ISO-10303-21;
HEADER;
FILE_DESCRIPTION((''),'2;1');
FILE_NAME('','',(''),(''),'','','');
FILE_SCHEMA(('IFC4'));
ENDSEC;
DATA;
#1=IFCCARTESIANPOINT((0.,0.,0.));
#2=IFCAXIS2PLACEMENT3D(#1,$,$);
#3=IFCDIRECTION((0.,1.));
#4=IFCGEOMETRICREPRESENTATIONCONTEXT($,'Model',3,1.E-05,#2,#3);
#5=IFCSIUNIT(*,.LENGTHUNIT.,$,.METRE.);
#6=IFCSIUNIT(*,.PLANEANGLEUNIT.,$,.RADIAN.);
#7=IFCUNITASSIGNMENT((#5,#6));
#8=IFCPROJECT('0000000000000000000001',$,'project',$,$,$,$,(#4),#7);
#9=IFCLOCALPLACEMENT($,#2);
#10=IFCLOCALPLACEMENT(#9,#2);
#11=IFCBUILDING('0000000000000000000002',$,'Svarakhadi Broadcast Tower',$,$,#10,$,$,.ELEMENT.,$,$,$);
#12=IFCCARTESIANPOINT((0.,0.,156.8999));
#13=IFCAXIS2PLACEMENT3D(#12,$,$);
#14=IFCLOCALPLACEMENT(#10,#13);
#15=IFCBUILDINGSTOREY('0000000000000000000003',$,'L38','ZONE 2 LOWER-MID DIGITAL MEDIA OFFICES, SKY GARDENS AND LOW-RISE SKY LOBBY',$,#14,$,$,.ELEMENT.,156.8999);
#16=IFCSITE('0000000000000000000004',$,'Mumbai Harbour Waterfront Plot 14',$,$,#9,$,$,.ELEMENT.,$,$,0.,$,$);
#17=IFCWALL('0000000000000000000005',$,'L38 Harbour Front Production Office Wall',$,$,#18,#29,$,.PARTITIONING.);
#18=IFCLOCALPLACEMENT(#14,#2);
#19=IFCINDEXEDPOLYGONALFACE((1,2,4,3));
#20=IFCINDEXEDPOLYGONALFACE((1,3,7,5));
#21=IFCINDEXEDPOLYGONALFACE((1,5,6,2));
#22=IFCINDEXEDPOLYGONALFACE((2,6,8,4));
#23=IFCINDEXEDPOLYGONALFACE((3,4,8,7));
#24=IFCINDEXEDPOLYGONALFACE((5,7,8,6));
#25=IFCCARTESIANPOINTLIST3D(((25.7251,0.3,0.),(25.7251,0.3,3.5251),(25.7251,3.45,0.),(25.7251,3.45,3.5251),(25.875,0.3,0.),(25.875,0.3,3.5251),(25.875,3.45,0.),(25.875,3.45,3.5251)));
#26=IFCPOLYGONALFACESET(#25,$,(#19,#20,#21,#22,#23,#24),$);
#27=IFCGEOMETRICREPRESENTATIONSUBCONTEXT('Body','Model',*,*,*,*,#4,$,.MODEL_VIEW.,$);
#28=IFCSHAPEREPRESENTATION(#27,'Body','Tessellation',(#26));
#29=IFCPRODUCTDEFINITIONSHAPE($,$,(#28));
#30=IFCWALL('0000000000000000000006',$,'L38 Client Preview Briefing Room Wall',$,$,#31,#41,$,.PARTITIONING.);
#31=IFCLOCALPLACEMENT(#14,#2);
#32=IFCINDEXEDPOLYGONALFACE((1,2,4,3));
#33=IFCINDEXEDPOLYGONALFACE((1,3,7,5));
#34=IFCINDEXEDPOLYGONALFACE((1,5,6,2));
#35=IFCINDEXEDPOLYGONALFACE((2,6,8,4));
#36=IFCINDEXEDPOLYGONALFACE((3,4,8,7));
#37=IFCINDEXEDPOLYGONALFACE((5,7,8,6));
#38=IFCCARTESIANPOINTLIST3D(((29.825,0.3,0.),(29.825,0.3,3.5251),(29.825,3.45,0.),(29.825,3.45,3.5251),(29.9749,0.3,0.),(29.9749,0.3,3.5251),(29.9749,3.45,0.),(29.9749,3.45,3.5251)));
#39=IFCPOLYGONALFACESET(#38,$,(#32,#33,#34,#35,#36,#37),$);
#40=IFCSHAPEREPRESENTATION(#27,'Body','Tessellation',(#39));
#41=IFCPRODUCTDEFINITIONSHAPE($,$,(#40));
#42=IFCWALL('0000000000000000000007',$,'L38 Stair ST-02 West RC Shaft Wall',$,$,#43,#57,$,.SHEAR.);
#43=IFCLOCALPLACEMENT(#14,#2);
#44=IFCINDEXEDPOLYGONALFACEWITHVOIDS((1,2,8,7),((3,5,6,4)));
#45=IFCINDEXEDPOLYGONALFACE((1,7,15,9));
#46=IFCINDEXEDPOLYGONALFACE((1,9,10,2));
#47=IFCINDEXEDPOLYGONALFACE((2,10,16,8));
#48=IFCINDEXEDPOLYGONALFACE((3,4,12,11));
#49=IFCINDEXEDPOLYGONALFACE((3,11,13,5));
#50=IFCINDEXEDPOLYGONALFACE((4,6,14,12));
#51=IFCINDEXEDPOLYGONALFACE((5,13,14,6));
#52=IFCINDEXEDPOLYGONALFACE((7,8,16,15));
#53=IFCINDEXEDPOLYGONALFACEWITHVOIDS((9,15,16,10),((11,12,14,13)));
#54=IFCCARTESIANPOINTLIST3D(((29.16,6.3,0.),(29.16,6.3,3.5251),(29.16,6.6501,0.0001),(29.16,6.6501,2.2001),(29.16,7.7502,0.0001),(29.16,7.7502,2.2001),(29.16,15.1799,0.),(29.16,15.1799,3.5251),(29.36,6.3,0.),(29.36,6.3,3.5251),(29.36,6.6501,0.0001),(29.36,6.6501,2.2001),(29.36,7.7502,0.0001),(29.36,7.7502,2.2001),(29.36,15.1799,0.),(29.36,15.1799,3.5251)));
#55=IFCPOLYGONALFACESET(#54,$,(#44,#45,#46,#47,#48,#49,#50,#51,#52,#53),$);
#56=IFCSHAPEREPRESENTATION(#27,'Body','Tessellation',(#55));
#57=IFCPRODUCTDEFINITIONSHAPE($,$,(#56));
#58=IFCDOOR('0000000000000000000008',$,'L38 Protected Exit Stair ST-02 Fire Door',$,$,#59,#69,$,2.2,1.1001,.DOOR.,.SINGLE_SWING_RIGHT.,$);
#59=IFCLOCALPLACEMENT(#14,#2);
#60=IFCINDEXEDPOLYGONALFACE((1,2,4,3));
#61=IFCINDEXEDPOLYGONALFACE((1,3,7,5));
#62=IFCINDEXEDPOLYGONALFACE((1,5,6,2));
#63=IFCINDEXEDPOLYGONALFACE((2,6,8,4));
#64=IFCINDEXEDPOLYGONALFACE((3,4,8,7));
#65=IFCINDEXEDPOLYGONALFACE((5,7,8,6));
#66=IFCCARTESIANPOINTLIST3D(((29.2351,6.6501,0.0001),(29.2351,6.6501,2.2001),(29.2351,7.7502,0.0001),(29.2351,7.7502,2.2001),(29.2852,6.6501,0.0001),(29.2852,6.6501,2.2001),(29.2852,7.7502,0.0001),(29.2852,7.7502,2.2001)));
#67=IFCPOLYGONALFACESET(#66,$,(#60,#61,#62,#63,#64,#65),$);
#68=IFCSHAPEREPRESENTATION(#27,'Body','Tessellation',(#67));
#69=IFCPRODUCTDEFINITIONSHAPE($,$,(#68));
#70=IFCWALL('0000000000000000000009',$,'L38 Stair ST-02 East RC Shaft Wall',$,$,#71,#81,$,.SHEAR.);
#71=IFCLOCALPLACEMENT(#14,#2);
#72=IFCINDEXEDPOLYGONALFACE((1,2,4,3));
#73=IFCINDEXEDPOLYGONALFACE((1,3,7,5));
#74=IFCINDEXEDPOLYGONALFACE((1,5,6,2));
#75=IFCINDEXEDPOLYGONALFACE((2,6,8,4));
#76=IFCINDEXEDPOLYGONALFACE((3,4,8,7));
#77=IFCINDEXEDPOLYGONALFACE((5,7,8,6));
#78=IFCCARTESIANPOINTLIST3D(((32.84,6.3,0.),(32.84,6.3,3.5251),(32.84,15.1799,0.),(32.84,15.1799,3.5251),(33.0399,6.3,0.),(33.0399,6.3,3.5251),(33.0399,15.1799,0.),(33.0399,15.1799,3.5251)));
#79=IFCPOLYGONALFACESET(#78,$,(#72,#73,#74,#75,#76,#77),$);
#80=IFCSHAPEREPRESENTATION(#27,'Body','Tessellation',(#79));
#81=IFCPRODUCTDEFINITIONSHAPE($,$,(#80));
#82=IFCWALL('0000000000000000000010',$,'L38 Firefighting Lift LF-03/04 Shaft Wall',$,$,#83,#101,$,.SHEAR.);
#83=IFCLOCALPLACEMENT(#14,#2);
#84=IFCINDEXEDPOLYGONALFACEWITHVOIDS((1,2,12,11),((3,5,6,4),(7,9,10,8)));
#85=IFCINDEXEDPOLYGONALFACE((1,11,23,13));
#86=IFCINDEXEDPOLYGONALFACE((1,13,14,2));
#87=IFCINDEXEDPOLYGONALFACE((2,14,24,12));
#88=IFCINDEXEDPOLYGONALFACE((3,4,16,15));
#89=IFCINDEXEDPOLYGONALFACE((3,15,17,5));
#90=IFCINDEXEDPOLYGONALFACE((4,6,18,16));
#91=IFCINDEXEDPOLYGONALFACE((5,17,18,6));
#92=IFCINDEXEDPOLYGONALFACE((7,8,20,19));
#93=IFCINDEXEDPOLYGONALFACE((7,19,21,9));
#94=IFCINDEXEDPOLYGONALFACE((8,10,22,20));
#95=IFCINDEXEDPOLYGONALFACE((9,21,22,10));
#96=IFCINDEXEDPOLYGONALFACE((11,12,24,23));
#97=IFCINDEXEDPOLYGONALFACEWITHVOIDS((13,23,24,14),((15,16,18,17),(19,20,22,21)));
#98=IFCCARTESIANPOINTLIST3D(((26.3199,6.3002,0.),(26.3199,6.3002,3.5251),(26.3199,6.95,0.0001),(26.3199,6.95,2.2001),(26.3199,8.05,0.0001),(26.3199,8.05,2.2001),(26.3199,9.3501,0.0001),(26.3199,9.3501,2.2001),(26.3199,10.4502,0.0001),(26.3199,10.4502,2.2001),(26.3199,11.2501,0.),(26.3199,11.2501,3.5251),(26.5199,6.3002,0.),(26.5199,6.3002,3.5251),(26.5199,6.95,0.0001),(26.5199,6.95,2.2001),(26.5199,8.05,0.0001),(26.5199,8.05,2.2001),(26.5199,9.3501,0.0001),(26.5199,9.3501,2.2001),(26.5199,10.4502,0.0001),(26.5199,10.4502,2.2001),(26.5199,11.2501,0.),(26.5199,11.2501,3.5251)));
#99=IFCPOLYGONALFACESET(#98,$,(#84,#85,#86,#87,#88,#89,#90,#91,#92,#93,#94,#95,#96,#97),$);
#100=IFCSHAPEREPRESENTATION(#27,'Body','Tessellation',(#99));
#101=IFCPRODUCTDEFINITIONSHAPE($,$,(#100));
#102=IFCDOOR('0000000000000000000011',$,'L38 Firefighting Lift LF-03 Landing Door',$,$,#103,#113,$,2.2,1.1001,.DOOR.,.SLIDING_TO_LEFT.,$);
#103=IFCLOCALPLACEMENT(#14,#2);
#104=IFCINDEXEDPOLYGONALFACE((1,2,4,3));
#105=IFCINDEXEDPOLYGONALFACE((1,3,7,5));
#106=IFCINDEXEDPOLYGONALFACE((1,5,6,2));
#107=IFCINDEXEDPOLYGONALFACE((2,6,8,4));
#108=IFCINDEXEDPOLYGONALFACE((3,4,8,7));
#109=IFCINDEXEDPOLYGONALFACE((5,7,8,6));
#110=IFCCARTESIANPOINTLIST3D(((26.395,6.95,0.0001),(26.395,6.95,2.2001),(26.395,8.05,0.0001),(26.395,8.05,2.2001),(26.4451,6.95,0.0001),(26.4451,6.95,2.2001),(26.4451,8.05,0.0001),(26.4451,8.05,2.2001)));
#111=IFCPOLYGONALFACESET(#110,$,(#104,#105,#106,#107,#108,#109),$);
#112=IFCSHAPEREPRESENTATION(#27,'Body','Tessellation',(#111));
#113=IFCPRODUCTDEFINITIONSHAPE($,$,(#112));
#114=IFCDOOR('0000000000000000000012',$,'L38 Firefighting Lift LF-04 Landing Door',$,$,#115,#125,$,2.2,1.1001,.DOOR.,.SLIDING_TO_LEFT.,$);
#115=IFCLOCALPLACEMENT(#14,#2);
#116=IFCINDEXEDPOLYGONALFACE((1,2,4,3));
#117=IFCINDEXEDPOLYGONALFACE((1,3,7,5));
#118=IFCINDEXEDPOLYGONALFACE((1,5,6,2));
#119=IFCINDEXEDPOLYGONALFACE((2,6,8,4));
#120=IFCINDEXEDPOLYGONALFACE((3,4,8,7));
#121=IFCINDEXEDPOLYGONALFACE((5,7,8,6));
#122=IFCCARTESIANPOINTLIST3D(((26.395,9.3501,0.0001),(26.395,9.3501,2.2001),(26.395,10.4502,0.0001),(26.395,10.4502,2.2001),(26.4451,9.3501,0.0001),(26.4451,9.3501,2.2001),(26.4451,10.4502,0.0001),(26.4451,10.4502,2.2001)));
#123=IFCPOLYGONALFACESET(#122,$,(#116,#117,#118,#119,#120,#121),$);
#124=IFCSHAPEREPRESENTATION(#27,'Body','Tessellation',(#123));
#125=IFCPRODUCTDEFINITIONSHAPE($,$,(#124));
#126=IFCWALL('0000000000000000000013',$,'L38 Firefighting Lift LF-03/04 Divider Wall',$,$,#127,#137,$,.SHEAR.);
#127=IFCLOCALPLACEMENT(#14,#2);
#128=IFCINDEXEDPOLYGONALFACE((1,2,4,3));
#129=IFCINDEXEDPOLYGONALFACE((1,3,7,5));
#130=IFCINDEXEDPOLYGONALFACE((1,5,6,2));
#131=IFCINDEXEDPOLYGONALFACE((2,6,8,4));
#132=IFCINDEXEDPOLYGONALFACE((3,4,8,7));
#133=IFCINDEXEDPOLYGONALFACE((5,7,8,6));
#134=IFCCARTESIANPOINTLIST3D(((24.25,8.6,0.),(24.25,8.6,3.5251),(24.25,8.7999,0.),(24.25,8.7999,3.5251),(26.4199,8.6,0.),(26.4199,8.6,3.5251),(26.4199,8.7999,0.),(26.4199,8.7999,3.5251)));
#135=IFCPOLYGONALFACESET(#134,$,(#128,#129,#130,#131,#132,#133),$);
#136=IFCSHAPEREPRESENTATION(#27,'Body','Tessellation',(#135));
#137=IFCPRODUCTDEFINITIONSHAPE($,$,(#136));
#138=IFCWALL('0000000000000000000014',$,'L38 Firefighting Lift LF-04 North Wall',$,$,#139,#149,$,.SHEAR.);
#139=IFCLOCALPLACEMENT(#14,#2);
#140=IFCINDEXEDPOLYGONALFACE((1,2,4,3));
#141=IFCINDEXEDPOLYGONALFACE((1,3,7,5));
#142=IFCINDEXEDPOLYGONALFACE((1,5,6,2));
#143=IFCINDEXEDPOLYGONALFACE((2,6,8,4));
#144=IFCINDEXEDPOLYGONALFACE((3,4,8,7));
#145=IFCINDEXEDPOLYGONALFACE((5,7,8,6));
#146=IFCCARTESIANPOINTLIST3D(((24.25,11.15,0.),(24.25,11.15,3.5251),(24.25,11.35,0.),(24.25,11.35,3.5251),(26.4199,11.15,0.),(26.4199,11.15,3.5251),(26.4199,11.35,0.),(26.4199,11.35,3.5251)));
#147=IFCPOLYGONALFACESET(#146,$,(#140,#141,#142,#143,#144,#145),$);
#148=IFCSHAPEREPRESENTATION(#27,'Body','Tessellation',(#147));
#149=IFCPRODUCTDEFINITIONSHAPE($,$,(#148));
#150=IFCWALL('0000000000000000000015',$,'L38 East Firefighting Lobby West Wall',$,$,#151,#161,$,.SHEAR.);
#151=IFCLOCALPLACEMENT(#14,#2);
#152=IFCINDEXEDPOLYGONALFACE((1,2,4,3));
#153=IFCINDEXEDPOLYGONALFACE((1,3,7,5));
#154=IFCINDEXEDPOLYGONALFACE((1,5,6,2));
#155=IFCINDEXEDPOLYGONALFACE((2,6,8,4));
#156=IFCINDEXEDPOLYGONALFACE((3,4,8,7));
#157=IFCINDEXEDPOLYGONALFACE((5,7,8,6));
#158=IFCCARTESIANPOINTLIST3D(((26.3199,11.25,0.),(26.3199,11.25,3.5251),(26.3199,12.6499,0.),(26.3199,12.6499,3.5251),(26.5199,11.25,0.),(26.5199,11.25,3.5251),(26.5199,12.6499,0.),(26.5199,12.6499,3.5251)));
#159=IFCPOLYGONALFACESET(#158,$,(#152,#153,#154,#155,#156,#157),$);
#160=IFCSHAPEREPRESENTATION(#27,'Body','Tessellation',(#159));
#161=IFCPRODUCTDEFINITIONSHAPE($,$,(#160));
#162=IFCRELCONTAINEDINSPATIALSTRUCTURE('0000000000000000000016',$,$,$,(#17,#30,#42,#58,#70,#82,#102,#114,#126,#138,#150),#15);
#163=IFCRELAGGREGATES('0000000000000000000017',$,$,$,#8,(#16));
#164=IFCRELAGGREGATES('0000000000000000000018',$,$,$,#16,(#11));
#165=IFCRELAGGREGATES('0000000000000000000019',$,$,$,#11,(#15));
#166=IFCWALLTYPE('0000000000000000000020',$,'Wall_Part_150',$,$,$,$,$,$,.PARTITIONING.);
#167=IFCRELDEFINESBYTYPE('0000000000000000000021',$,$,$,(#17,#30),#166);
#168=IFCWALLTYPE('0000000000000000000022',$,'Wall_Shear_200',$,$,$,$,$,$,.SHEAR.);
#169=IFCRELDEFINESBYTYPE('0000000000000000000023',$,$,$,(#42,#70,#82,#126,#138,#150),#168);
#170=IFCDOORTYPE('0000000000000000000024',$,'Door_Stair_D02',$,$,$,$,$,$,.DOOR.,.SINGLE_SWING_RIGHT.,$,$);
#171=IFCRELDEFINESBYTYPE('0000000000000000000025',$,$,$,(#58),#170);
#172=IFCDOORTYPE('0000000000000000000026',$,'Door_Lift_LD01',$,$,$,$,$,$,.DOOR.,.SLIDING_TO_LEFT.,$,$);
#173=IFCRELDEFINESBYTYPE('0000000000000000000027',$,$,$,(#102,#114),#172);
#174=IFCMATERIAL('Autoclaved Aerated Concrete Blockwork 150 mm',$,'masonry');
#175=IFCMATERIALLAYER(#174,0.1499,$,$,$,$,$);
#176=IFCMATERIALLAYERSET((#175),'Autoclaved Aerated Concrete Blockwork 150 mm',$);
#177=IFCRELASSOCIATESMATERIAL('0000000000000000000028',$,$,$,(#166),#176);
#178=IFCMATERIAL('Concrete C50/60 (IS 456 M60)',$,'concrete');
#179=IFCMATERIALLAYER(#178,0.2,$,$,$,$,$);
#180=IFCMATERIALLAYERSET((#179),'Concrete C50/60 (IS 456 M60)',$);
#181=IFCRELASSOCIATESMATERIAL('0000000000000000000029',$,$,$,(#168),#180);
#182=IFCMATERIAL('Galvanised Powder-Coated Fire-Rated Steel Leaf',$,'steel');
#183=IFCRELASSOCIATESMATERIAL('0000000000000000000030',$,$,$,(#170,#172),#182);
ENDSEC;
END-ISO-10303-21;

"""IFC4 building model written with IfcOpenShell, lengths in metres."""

from ifc_helpers import new_model, si_unit, direction, frame, frame_2d, origin, place, context, subcontext, project, spatial, rectangle, extrude, material, layer, layer_set, type_object, element, fill, save


model = new_model("IFC4")

# Units and contexts
model_context = context("Model", 3, precision=1e-05, world=origin(), true_north=direction((0.0, 1.0)))
body_context = subcontext(model_context, "Body", "Model", "MODEL_VIEW")
ifc_project = project(units=[si_unit("LENGTHUNIT", "METRE"), si_unit("PLANEANGLEUNIT", "RADIAN")], contexts=[model_context])

# Site, building, storey
site_placement = place(None, origin())
site = spatial("IfcSite", under=ifc_project, at=site_placement, Name="Mumbai Harbour Waterfront Plot 14", CompositionType="ELEMENT", RefElevation=0.0)
building_placement = place(site_placement, origin())
building = spatial("IfcBuilding", under=site, at=building_placement, Name="Svarakhadi Broadcast Tower", CompositionType="ELEMENT")
storey_placement = place(building_placement, frame((0.0, 0.0, 156.8999)))
storey = spatial("IfcBuildingStorey", under=building, at=storey_placement, Name="L38", Description="ZONE 2 LOWER-MID DIGITAL MEDIA OFFICES, SKY GARDENS AND LOW-RISE SKY LOBBY", CompositionType="ELEMENT", Elevation=156.8999)

# Shared definitions
ifc_material_1 = material(Name="Concrete C50/60 (IS 456 M60)", Category="concrete")

# Walls
ifc_material_2 = material(Name="Autoclaved Aerated Concrete Blockwork 150 mm", Category="masonry")
ifc_layer_1 = layer(ifc_material_2, 0.1499)
ifc_layer_set_1 = layer_set([ifc_layer_1], Name="Autoclaved Aerated Concrete Blockwork 150 mm")
wall_type_1 = type_object("IfcWallType", Name="Wall_Part_150", PredefinedType="PARTITIONING", material=ifc_layer_set_1)
for number, where, z_axis, x_axis, name in (
    (1, (25.8, 0.3, 0.0), (0.0, 0.0, 1.0), (0.0, 1.0, 0.0), "L38 Harbour Front Production Office Wall"),
    (2, (29.8999, 0.3, 0.0), (0.0, 0.0, 1.0), (0.0, 1.0, 0.0), "L38 Client Preview Briefing Room Wall"),
):
    element("IfcWall", number, at=place(storey_placement, frame(where, z_axis=z_axis, x_axis=x_axis)), inside=storey, type_object=wall_type_1, Name=name, PredefinedType="PARTITIONING", context=body_context, shape_type="SweptSolid", body=[
        extrude(rectangle(XDim=3.1499, YDim=0.1499, at=frame_2d((1.575, 0.0))), origin(), (0.0, 0.0, 1.0), 3.5251),
    ])

# Wall, opening, door
ifc_layer_2 = layer(ifc_material_1, 0.2)
ifc_layer_set_2 = layer_set([ifc_layer_2], Name="Concrete C50/60 (IS 456 M60)")
wall_type_2 = type_object("IfcWallType", Name="Wall_Shear_200", PredefinedType="SHEAR", material=ifc_layer_set_2)
wall_1_placement = place(storey_placement, frame((29.26, 6.3, 0.0), z_axis=(0.0, 0.0, 1.0), x_axis=(0.0, 1.0, 0.0)))
wall_1 = element("IfcWall", 3, at=wall_1_placement, inside=storey, type_object=wall_type_2, Name="L38 Stair ST-02 West RC Shaft Wall", PredefinedType="SHEAR", context=body_context, shape_type="SweptSolid", body=[
    extrude(rectangle(XDim=8.8799, YDim=0.2, at=frame_2d((4.4399, 0.0))), origin(), (0.0, 0.0, 1.0), 3.5251),
])
opening_1_placement = place(wall_1_placement, frame((0.3501, 0.0, 0.0)))
opening_1 = element("IfcOpeningElement", 4, at=opening_1_placement, cuts=wall_1, PredefinedType="OPENING", context=body_context, shape_type="SweptSolid", body=[
    extrude(rectangle(XDim=1.1001, YDim=2.2, at=frame_2d((0.55, 1.1001))), frame((0.0, 0.1099, 0.0), z_axis=(0.0, -1.0, 0.0), x_axis=(1.0, 0.0, 0.0)), (0.0, 0.0, 1.0), 0.22),
])
ifc_material_3 = material(Name="Galvanised Powder-Coated Fire-Rated Steel Leaf", Category="steel")
door_type_1 = type_object("IfcDoorType", Name="Door_Stair_D02", OperationType="SINGLE_SWING_RIGHT", PredefinedType="DOOR", material=ifc_material_3)
door_1_placement = place(opening_1_placement, origin())
door_1 = element("IfcDoor", 5, at=door_1_placement, inside=storey, type_object=door_type_1, Name="L38 Protected Exit Stair ST-02 Fire Door", OperationType="SINGLE_SWING_RIGHT", OverallHeight=2.2, OverallWidth=1.1001, PredefinedType="DOOR", context=body_context, shape_type="SweptSolid", body=[
    extrude(rectangle(XDim=1.1001, YDim=2.2, at=frame_2d((0.55, 1.1001))), frame((0.0, 0.0249, 0.0), z_axis=(0.0, -1.0, 0.0), x_axis=(1.0, 0.0, 0.0)), (0.0, 0.0, 1.0), 0.05),
])
fill(opening_1, door_1)

# Wall
wall_2_placement = place(storey_placement, frame((32.9399, 6.3, 0.0), z_axis=(0.0, 0.0, 1.0), x_axis=(0.0, 1.0, 0.0)))
element("IfcWall", 6, at=wall_2_placement, inside=storey, type_object=wall_type_2, Name="L38 Stair ST-02 East RC Shaft Wall", PredefinedType="SHEAR", context=body_context, shape_type="SweptSolid", body=[
    extrude(rectangle(XDim=8.8799, YDim=0.2, at=frame_2d((4.4399, 0.0))), origin(), (0.0, 0.0, 1.0), 3.5251),
])

# Wall, openings, doors
wall_3_placement = place(storey_placement, frame((26.4199, 6.3, 0.0), z_axis=(0.0, 0.0, 1.0), x_axis=(0.0, 1.0, 0.0)))
wall_3 = element("IfcWall", 7, at=wall_3_placement, inside=storey, type_object=wall_type_2, Name="L38 Firefighting Lift LF-03/04 Shaft Wall", PredefinedType="SHEAR", context=body_context, shape_type="SweptSolid", body=[
    extrude(rectangle(XDim=4.95, YDim=0.2, at=frame_2d((2.4751, 0.0))), origin(), (0.0, 0.0, 1.0), 3.5251),
])
opening_2_placement = place(wall_3_placement, frame((0.6499, 0.0, 0.0)))
opening_2 = element("IfcOpeningElement", 8, at=opening_2_placement, cuts=wall_3, PredefinedType="OPENING", context=body_context, shape_type="SweptSolid", body=[
    extrude(rectangle(XDim=1.1001, YDim=2.2, at=frame_2d((0.55, 1.1001))), frame((0.0, 0.1099, 0.0), z_axis=(0.0, -1.0, 0.0), x_axis=(1.0, 0.0, 0.0)), (0.0, 0.0, 1.0), 0.22),
])
opening_3_placement = place(wall_3_placement, frame((3.05, 0.0, 0.0)))
opening_3 = element("IfcOpeningElement", 9, at=opening_3_placement, cuts=wall_3, PredefinedType="OPENING", context=body_context, shape_type="SweptSolid", body=[
    extrude(rectangle(XDim=1.1001, YDim=2.2, at=frame_2d((0.55, 1.1001))), frame((0.0, 0.1099, 0.0), z_axis=(0.0, -1.0, 0.0), x_axis=(1.0, 0.0, 0.0)), (0.0, 0.0, 1.0), 0.22),
])
door_type_2 = type_object("IfcDoorType", Name="Door_Lift_LD01", OperationType="SLIDING_TO_LEFT", PredefinedType="DOOR", material=ifc_material_3)
door_2_placement = place(opening_2_placement, origin())
door_2 = element("IfcDoor", 10, at=door_2_placement, inside=storey, type_object=door_type_2, Name="L38 Firefighting Lift LF-03 Landing Door", OperationType="SLIDING_TO_LEFT", OverallHeight=2.2, OverallWidth=1.1001, PredefinedType="DOOR", context=body_context, shape_type="SweptSolid", body=[
    extrude(rectangle(XDim=1.1001, YDim=2.2, at=frame_2d((0.55, 1.1001))), frame((0.0, 0.0249, 0.0), z_axis=(0.0, -1.0, 0.0), x_axis=(1.0, 0.0, 0.0)), (0.0, 0.0, 1.0), 0.05),
])
fill(opening_2, door_2)
door_3_placement = place(opening_3_placement, origin())
door_3 = element("IfcDoor", 11, at=door_3_placement, inside=storey, type_object=door_type_2, Name="L38 Firefighting Lift LF-04 Landing Door", OperationType="SLIDING_TO_LEFT", OverallHeight=2.2, OverallWidth=1.1001, PredefinedType="DOOR", context=body_context, shape_type="SweptSolid", body=[
    extrude(rectangle(XDim=1.1001, YDim=2.2, at=frame_2d((0.55, 1.1001))), frame((0.0, 0.0249, 0.0), z_axis=(0.0, -1.0, 0.0), x_axis=(1.0, 0.0, 0.0)), (0.0, 0.0, 1.0), 0.05),
])
fill(opening_3, door_3)

# Walls
for number, where, z_axis, x_axis, name in (
    (12, (24.25, 8.7, 0.0), (0.0, 0.0, 1.0), (1.0, 0.0, 0.0), "L38 Firefighting Lift LF-03/04 Divider Wall"),
    (13, (24.25, 11.25, 0.0), (0.0, 0.0, 1.0), (1.0, 0.0, 0.0), "L38 Firefighting Lift LF-04 North Wall"),
):
    element("IfcWall", number, at=place(storey_placement, frame(where, z_axis=z_axis, x_axis=x_axis)), inside=storey, type_object=wall_type_2, Name=name, PredefinedType="SHEAR", context=body_context, shape_type="SweptSolid", body=[
        extrude(rectangle(XDim=2.1699, YDim=0.2, at=frame_2d((1.085, 0.0))), origin(), (0.0, 0.0, 1.0), 3.5251),
    ])
wall_4_placement = place(storey_placement, frame((26.4199, 11.25, 0.0), z_axis=(0.0, 0.0, 1.0), x_axis=(0.0, 1.0, 0.0)))
element("IfcWall", 14, at=wall_4_placement, inside=storey, type_object=wall_type_2, Name="L38 East Firefighting Lobby West Wall", PredefinedType="SHEAR", context=body_context, shape_type="SweptSolid", body=[
    extrude(rectangle(XDim=1.3999, YDim=0.2, at=frame_2d((0.7, 0.0))), origin(), (0.0, 0.0, 1.0), 3.5251),
])

save(model, "model.ifc")
